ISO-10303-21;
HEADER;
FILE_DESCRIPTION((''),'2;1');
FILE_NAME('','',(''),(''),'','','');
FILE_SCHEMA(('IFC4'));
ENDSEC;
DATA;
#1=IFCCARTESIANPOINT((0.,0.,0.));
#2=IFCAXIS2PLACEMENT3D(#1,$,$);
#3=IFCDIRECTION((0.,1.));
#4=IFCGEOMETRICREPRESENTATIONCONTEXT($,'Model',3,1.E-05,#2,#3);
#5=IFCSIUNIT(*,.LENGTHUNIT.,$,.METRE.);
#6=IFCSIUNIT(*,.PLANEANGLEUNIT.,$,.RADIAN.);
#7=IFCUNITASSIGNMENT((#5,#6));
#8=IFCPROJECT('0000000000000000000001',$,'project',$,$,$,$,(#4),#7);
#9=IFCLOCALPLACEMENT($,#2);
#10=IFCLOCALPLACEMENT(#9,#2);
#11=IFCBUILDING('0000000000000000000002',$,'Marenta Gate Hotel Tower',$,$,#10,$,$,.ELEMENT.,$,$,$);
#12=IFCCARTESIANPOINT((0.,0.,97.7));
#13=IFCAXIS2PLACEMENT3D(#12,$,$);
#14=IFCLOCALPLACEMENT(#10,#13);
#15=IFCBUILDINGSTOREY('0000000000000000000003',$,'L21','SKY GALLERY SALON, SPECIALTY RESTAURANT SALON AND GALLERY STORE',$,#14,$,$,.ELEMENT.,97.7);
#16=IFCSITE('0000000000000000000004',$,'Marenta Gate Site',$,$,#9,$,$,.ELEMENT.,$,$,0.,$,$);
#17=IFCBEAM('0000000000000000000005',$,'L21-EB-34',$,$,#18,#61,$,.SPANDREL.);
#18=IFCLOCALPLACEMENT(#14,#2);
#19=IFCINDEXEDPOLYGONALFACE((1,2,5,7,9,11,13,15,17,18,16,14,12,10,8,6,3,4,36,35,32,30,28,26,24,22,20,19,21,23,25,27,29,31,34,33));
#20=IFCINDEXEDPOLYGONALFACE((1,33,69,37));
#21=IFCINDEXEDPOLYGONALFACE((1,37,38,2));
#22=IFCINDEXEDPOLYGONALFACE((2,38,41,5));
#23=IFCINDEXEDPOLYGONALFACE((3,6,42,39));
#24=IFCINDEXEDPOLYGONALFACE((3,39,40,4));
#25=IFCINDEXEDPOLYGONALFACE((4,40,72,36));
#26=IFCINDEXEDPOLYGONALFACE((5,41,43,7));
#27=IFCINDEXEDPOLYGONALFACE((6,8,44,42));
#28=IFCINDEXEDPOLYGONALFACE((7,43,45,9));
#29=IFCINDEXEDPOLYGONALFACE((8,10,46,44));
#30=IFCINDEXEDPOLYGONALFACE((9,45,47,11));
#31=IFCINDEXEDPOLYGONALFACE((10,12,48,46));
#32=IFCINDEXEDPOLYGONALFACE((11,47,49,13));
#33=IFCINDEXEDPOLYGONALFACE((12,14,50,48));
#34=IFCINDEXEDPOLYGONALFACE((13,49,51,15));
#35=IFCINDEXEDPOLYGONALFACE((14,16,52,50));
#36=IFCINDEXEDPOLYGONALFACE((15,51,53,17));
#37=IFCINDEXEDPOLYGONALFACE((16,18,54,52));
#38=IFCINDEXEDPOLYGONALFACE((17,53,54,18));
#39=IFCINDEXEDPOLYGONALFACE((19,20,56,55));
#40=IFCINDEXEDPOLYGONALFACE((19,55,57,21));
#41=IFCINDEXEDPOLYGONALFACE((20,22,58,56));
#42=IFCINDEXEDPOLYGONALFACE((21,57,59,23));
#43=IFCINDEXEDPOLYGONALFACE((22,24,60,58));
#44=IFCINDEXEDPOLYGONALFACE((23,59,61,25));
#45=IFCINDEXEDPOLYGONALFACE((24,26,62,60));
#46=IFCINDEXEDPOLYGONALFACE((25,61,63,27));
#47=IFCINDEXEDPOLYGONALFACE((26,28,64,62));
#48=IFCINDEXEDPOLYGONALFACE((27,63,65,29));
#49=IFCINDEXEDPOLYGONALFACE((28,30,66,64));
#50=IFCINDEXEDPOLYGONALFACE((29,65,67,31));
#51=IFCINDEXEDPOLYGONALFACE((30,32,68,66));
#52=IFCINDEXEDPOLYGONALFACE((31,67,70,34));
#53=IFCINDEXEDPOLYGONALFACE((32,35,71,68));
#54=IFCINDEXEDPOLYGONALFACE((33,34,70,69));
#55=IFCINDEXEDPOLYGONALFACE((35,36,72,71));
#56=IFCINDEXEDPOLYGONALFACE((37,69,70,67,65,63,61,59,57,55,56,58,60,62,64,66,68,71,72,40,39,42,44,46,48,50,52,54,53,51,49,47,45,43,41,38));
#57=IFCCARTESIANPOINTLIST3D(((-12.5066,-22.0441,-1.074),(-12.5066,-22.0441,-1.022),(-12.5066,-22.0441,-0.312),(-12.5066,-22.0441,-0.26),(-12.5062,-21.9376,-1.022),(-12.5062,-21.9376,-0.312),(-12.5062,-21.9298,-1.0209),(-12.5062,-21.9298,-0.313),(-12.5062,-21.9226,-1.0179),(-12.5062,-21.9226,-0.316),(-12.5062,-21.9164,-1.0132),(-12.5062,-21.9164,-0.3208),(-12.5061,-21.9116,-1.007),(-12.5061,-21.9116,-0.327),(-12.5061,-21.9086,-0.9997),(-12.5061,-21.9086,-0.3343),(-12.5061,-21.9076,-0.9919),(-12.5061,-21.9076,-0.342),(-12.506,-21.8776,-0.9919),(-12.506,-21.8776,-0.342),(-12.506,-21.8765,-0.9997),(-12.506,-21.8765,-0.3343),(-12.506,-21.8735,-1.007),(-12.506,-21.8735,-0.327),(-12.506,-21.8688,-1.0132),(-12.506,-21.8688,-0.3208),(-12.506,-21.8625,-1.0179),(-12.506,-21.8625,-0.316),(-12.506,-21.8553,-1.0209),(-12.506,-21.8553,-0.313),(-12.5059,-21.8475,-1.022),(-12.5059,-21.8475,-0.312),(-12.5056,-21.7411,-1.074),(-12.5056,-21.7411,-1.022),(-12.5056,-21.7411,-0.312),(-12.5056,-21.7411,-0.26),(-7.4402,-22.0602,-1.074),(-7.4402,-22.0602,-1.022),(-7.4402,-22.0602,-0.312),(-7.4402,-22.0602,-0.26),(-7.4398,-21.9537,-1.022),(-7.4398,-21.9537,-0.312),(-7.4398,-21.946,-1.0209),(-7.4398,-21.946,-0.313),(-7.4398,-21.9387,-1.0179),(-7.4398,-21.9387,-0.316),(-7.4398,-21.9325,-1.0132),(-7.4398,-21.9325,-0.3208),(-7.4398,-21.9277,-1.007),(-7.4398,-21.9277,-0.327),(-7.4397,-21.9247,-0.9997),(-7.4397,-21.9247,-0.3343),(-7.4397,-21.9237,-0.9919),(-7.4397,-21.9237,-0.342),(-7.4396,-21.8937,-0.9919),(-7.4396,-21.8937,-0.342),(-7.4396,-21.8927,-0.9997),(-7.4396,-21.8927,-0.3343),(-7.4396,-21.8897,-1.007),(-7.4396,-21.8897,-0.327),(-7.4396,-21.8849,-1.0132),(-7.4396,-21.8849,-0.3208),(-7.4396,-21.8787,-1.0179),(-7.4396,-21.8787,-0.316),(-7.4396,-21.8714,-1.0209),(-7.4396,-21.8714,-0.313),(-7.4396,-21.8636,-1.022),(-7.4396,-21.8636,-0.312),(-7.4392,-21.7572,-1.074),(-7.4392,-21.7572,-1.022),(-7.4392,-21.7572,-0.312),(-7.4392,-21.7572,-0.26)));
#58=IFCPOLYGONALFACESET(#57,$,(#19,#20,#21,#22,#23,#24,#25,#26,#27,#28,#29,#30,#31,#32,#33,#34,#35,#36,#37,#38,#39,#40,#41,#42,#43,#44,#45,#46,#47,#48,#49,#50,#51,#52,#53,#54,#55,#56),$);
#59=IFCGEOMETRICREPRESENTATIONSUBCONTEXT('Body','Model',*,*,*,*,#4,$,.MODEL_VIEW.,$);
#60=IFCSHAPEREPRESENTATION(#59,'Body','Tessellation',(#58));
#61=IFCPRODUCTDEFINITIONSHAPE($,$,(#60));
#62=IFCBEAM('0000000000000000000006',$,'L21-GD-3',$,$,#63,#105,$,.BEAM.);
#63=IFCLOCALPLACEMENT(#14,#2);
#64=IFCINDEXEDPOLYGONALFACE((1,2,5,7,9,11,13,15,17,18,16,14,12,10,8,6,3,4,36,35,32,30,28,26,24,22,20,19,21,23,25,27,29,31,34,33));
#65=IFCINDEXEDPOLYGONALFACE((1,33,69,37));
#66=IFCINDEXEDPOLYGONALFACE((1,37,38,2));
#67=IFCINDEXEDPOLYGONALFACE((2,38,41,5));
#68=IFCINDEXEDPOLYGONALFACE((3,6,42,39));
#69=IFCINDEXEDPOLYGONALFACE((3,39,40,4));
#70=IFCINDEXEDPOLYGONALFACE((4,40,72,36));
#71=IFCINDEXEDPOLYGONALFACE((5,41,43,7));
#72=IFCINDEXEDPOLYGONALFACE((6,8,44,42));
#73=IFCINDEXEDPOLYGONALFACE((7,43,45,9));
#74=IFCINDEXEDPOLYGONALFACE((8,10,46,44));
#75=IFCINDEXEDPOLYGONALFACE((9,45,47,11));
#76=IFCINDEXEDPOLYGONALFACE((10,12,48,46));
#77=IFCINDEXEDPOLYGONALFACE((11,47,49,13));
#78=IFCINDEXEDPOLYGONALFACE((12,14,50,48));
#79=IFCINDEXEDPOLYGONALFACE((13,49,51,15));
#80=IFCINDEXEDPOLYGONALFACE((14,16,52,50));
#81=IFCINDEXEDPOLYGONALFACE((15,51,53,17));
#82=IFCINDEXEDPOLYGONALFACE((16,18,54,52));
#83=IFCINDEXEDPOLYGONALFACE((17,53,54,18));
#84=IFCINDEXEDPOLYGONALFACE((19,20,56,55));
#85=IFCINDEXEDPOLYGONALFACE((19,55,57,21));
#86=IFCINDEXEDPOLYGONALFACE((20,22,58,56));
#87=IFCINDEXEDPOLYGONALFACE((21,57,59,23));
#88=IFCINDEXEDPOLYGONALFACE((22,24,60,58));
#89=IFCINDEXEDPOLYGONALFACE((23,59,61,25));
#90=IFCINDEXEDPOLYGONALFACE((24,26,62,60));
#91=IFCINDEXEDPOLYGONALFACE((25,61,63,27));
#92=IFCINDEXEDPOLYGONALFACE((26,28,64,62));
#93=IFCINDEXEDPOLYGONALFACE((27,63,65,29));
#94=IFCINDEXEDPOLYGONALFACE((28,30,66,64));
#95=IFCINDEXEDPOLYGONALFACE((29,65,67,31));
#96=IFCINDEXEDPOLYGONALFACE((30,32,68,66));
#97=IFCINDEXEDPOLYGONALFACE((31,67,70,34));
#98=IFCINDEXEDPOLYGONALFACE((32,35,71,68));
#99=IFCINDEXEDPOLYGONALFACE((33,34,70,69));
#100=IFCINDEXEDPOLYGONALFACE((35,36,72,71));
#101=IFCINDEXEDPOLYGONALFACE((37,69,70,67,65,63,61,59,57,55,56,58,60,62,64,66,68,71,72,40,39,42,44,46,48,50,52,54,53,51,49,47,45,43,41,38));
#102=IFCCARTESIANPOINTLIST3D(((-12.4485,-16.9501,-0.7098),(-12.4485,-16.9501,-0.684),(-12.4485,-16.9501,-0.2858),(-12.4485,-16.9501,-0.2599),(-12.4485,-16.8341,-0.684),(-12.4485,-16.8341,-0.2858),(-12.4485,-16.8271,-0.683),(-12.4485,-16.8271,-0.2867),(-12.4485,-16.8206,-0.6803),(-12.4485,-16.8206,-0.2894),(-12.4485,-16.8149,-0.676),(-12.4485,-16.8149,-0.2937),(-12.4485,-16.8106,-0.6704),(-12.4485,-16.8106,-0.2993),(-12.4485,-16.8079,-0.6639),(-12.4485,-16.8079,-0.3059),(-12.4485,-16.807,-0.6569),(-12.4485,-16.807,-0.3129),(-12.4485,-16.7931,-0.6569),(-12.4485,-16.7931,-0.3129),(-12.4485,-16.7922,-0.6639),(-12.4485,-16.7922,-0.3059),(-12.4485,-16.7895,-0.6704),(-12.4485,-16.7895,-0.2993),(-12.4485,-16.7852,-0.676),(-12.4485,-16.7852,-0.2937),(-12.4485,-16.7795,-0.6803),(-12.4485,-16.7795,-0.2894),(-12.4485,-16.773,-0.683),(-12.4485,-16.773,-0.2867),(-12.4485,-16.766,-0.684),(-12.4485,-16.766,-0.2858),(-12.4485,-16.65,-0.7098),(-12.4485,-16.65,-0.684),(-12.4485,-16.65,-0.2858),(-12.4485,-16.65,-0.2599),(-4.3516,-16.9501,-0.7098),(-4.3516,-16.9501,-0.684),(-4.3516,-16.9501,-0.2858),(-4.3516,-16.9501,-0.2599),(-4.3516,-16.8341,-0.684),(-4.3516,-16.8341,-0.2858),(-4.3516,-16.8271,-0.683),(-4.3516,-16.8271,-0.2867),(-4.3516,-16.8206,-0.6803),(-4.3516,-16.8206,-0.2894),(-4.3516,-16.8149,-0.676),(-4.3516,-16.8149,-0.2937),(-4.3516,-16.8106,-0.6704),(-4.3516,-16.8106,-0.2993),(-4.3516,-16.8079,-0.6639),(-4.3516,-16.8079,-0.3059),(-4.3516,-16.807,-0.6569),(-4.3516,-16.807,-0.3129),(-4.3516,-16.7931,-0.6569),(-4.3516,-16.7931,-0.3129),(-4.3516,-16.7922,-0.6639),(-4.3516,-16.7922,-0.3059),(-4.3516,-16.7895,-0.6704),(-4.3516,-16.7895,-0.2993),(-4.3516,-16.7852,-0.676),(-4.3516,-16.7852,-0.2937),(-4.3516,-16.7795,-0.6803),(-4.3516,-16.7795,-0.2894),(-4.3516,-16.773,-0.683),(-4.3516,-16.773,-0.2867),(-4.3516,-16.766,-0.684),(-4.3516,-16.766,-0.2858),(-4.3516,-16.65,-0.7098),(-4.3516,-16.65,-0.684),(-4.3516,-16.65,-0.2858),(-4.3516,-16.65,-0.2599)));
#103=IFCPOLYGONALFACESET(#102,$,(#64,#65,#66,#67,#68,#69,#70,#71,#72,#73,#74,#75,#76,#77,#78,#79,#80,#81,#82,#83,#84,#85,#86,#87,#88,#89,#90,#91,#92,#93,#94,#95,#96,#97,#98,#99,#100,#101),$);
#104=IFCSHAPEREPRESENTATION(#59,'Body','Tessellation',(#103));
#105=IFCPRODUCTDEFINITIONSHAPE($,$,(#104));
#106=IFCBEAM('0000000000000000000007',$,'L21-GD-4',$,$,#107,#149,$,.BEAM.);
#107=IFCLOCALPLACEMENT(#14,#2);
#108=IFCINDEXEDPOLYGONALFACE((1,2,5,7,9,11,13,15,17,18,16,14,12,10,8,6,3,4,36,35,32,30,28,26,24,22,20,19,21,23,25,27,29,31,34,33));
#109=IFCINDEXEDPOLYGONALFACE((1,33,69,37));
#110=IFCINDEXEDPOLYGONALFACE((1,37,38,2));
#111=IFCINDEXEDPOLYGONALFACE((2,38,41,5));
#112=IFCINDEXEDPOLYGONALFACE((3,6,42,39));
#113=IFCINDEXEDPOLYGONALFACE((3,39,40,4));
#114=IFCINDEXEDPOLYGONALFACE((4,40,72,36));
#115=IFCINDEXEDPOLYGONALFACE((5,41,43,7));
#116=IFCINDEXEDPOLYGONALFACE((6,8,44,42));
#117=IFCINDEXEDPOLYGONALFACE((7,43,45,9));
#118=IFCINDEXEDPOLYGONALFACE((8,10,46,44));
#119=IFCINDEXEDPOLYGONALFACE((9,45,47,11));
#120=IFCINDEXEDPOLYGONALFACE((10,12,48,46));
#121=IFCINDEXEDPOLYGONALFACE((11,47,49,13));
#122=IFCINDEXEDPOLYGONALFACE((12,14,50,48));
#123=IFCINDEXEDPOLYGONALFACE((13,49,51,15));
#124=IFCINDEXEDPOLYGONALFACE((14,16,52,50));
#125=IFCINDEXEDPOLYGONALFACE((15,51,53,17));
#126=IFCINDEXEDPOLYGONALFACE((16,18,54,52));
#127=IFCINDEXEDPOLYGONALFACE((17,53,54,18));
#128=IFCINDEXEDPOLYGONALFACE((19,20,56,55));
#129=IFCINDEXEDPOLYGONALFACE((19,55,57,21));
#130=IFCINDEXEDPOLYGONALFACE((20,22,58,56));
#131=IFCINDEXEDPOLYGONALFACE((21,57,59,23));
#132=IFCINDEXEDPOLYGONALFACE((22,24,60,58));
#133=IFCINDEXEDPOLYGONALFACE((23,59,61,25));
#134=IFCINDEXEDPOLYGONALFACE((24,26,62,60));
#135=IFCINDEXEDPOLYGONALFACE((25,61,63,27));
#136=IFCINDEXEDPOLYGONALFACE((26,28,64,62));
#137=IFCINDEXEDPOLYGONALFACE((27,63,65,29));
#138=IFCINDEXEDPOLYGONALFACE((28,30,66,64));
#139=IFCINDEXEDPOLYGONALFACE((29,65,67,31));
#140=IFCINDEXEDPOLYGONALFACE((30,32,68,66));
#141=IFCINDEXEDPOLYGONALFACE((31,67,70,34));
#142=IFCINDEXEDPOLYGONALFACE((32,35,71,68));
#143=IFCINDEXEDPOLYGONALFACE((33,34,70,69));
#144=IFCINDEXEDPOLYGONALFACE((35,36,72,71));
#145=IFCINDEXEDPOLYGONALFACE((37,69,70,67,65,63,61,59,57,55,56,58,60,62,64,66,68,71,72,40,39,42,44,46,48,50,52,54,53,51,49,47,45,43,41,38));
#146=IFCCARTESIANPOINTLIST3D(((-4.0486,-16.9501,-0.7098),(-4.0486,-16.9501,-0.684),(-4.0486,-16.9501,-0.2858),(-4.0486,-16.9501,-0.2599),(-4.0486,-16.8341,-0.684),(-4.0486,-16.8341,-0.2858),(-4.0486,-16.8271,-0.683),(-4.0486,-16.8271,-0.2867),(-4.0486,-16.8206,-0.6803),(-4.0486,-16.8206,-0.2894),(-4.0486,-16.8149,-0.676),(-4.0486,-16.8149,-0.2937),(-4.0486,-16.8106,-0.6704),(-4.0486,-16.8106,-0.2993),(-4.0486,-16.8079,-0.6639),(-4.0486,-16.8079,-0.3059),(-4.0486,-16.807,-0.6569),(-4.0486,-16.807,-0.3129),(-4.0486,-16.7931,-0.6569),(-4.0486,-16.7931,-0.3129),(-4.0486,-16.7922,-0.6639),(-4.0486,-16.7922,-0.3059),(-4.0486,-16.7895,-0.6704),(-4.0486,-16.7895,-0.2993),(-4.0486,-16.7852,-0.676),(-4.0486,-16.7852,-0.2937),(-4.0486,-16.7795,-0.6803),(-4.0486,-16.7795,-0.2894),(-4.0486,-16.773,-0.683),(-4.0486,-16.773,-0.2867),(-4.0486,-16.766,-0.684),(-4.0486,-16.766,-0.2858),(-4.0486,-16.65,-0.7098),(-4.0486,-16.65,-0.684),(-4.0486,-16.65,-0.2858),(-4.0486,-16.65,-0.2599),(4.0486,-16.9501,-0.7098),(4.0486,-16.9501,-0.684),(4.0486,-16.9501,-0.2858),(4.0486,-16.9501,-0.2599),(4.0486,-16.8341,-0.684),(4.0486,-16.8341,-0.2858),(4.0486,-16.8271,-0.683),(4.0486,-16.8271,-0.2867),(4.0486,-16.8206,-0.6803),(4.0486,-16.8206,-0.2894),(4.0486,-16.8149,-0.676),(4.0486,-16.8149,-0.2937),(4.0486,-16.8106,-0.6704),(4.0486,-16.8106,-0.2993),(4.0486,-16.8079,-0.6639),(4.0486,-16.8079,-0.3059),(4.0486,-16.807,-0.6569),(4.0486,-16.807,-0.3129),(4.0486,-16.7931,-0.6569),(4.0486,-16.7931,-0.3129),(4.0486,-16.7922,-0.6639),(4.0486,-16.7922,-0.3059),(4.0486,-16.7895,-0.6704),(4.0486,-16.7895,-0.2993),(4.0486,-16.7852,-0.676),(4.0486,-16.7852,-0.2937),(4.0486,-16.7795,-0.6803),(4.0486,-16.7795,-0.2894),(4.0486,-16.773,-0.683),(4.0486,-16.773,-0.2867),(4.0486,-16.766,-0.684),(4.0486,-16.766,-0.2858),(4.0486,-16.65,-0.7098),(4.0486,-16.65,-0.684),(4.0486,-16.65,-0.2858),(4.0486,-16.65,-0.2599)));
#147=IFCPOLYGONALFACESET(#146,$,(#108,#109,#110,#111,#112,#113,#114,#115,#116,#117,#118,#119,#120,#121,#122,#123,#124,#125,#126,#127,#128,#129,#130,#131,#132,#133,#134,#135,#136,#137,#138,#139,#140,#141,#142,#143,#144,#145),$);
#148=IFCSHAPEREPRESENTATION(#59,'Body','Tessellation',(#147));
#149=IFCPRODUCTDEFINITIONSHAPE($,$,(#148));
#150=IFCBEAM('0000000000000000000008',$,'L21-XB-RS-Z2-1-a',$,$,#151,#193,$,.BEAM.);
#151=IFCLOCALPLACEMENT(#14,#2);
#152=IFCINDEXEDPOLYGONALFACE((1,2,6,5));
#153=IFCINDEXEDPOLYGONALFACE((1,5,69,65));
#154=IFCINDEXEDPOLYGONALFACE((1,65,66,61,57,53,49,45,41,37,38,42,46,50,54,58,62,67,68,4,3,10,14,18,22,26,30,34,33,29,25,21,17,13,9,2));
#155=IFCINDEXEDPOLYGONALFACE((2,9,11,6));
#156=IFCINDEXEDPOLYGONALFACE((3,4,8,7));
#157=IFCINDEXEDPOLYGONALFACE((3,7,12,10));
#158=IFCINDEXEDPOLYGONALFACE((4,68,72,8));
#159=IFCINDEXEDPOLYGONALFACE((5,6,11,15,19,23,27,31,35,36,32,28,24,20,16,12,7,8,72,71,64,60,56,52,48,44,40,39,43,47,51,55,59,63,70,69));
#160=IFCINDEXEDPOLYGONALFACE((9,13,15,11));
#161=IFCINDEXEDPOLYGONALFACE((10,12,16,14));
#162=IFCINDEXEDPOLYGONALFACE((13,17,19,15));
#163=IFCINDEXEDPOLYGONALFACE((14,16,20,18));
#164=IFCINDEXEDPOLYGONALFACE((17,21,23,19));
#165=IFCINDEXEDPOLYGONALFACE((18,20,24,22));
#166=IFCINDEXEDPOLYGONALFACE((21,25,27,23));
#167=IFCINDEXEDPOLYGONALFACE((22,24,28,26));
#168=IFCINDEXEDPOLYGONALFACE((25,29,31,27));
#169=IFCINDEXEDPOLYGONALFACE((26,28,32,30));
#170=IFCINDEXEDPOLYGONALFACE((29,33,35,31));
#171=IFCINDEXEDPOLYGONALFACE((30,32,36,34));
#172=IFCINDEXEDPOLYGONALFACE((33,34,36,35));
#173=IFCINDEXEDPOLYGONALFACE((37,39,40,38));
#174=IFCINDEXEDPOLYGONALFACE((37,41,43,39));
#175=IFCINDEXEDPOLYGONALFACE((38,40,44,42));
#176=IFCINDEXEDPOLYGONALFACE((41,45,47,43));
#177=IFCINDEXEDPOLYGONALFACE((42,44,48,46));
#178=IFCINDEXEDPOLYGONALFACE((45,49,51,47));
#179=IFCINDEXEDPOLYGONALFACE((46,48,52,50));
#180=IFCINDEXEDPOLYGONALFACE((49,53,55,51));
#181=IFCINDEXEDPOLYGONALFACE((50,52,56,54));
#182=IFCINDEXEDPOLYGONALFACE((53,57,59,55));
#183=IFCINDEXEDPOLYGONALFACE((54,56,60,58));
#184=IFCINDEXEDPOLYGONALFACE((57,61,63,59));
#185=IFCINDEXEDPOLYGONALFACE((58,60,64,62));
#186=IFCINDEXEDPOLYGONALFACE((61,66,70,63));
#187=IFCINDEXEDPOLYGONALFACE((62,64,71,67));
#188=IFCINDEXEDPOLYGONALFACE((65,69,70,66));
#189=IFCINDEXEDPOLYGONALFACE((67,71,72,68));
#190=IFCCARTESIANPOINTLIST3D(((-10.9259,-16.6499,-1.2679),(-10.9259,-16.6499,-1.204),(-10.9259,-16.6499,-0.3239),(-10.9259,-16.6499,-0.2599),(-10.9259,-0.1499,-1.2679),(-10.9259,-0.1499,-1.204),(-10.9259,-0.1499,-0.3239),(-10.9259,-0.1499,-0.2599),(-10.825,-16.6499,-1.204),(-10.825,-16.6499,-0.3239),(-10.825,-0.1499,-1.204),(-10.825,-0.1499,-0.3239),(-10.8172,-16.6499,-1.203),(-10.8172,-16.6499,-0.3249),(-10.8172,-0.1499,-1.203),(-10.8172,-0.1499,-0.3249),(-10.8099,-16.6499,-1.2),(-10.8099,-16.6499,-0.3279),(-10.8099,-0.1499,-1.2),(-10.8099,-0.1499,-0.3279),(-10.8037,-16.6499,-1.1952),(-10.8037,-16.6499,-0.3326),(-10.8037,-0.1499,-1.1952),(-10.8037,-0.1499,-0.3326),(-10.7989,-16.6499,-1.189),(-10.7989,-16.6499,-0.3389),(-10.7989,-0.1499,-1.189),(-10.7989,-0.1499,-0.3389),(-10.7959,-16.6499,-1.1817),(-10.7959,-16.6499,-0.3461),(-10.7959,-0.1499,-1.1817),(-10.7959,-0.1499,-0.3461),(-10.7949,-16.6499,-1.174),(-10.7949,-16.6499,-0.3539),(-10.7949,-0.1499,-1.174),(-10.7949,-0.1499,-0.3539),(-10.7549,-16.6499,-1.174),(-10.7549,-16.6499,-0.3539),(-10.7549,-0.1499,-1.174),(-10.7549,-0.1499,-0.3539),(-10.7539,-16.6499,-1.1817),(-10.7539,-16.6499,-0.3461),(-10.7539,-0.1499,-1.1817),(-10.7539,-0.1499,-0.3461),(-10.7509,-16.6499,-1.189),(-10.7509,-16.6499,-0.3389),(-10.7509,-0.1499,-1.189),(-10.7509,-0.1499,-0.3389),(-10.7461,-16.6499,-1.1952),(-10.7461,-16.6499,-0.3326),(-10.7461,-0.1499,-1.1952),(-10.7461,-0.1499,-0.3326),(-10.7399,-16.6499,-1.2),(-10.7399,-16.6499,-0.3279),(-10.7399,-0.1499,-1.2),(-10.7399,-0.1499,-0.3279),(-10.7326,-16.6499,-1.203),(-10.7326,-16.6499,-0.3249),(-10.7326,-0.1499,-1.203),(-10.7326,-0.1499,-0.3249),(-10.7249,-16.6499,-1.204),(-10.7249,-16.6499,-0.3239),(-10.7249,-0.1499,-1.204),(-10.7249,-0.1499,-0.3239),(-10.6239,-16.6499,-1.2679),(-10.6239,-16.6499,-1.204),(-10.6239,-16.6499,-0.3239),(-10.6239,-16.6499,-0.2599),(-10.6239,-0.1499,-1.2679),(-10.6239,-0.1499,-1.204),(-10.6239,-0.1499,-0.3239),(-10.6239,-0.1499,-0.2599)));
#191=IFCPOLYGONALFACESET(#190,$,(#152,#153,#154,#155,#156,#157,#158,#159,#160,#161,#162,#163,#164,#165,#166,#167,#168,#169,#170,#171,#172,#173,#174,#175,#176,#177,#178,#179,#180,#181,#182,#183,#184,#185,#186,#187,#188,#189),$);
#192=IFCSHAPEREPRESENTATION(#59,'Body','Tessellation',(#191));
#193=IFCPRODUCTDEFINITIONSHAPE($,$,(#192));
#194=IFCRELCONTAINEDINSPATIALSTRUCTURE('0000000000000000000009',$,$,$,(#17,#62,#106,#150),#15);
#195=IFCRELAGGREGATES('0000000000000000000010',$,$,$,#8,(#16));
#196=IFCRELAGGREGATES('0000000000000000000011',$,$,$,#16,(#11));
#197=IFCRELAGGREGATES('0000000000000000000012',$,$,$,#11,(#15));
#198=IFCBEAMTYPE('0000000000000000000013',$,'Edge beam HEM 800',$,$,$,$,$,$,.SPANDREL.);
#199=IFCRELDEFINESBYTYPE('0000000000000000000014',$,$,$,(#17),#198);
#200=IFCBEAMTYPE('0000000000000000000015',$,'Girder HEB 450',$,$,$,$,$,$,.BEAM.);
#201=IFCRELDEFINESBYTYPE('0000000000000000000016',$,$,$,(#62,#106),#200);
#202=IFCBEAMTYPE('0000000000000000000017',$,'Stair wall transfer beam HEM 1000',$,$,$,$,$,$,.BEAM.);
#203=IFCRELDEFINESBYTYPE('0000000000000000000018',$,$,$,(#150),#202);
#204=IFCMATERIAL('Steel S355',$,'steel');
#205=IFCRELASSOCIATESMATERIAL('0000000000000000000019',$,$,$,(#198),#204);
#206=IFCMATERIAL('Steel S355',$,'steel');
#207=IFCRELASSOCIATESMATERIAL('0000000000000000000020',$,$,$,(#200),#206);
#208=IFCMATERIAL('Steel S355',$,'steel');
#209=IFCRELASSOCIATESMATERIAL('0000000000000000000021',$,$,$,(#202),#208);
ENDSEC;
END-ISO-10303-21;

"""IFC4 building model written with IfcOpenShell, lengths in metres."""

from ifc_helpers import new_model, si_unit, direction, frame, origin, origin_2d, place, context, subcontext, project, spatial, i_section, extrude, material, material_profile, profile_set, type_object, element, save


model = new_model("IFC4")

# Units and contexts
model_context = context("Model", 3, precision=1e-05, world=origin(), true_north=direction((0.0, 1.0)))
body_context = subcontext(model_context, "Body", "Model", "MODEL_VIEW")
ifc_project = project(units=[si_unit("LENGTHUNIT", "METRE"), si_unit("PLANEANGLEUNIT", "RADIAN")], contexts=[model_context])

# Site, building, storey
site_placement = place(None, origin())
site = spatial("IfcSite", under=ifc_project, at=site_placement, Name="Marenta Gate Site", CompositionType="ELEMENT", RefElevation=0.0)
building_placement = place(site_placement, origin())
building = spatial("IfcBuilding", under=site, at=building_placement, Name="Marenta Gate Hotel Tower", CompositionType="ELEMENT")
storey_placement = place(building_placement, frame((0.0, 0.0, 97.7)))
storey = spatial("IfcBuildingStorey", under=building, at=storey_placement, Name="L21", Description="SKY GALLERY SALON, SPECIALTY RESTAURANT SALON AND GALLERY STORE", CompositionType="ELEMENT", Elevation=97.7)

# Beams
ifc_material_1 = material(Name="Steel S355", Category="steel")
ifc_material_profile_1 = material_profile(ifc_material_1, i_section(OverallWidth=0.303, OverallDepth=0.814, WebThickness=0.03, FlangeThickness=0.052, FilletRadius=0.03, at=origin_2d()), Name="HEM 800")
ifc_profile_set_1 = profile_set([ifc_material_profile_1], Name="Steel S355")
beam_type_1 = type_object("IfcBeamType", Name="Edge beam HEM 800", PredefinedType="SPANDREL", material=ifc_profile_set_1)
beam_1_placement = place(storey_placement, frame((-7.4397, -21.9087, -0.667), z_axis=(-0.999995, 0.00318, 0.0), x_axis=(-0.00318, -0.999995, 0.0)))
element("IfcBeam", 1, at=beam_1_placement, inside=storey, type_object=beam_type_1, Name="L21-EB-34", PredefinedType="SPANDREL", context=body_context, shape_type="SweptSolid", body=[
    extrude(i_section(OverallWidth=0.303, OverallDepth=0.814, WebThickness=0.03, FlangeThickness=0.052, FilletRadius=0.03, at=origin_2d()), origin(), (0.0, 0.0, 1.0), 5.0664),
])
ifc_material_2 = material(Name="Steel S355", Category="steel")
ifc_material_profile_2 = material_profile(ifc_material_2, i_section(OverallWidth=0.3, OverallDepth=0.45, WebThickness=0.0139, FlangeThickness=0.0259, FilletRadius=0.0271, at=origin_2d()), Name="HEB 450")
ifc_profile_set_2 = profile_set([ifc_material_profile_2], Name="Steel S355")
beam_type_2 = type_object("IfcBeamType", Name="Girder HEB 450", PredefinedType="BEAM", material=ifc_profile_set_2)
beam_2_placement = place(storey_placement, frame((-12.4485, -16.8, -0.4849), z_axis=(1.0, 0.0, 0.0), x_axis=(0.0, 1.0, 0.0)))
element("IfcBeam", 2, at=beam_2_placement, inside=storey, type_object=beam_type_2, Name="L21-GD-3", PredefinedType="BEAM", context=body_context, shape_type="SweptSolid", body=[
    extrude(i_section(OverallWidth=0.3, OverallDepth=0.45, WebThickness=0.0139, FlangeThickness=0.0259, FilletRadius=0.0271, at=origin_2d()), origin(), (0.0, 0.0, 1.0), 8.0969),
])
beam_3_placement = place(storey_placement, frame((-4.0486, -16.8, -0.4849), z_axis=(1.0, 0.0, 0.0), x_axis=(0.0, 1.0, 0.0)))
element("IfcBeam", 3, at=beam_3_placement, inside=storey, type_object=beam_type_2, Name="L21-GD-4", PredefinedType="BEAM", context=body_context, shape_type="SweptSolid", body=[
    extrude(i_section(OverallWidth=0.3, OverallDepth=0.45, WebThickness=0.0139, FlangeThickness=0.0259, FilletRadius=0.0271, at=origin_2d()), origin(), (0.0, 0.0, 1.0), 8.0972),
])
ifc_material_3 = material(Name="Steel S355", Category="steel")
ifc_material_profile_3 = material_profile(ifc_material_3, i_section(OverallWidth=0.302, OverallDepth=1.0081, WebThickness=0.04, FlangeThickness=0.064, FilletRadius=0.03, at=origin_2d()), Name="HEM 1000")
ifc_profile_set_3 = profile_set([ifc_material_profile_3], Name="Steel S355")
beam_type_3 = type_object("IfcBeamType", Name="Stair wall transfer beam HEM 1000", PredefinedType="BEAM", material=ifc_profile_set_3)
for number, where, z_axis, x_axis, name in (
    (4, (-10.7749, -16.6499, -0.7639), (0.0, 1.0, 0.0), (-1.0, 0.0, 0.0), "L21-XB-RS-Z2-1-a"),
):
    element("IfcBeam", number, at=place(storey_placement, frame(where, z_axis=z_axis, x_axis=x_axis)), inside=storey, type_object=beam_type_3, Name=name, PredefinedType="BEAM", context=body_context, shape_type="SweptSolid", body=[
        extrude(i_section(OverallWidth=0.302, OverallDepth=1.0081, WebThickness=0.04, FlangeThickness=0.064, FilletRadius=0.03, at=origin_2d()), origin(), (0.0, 0.0, 1.0), 16.5),
    ])

save(model, "model.ifc")
